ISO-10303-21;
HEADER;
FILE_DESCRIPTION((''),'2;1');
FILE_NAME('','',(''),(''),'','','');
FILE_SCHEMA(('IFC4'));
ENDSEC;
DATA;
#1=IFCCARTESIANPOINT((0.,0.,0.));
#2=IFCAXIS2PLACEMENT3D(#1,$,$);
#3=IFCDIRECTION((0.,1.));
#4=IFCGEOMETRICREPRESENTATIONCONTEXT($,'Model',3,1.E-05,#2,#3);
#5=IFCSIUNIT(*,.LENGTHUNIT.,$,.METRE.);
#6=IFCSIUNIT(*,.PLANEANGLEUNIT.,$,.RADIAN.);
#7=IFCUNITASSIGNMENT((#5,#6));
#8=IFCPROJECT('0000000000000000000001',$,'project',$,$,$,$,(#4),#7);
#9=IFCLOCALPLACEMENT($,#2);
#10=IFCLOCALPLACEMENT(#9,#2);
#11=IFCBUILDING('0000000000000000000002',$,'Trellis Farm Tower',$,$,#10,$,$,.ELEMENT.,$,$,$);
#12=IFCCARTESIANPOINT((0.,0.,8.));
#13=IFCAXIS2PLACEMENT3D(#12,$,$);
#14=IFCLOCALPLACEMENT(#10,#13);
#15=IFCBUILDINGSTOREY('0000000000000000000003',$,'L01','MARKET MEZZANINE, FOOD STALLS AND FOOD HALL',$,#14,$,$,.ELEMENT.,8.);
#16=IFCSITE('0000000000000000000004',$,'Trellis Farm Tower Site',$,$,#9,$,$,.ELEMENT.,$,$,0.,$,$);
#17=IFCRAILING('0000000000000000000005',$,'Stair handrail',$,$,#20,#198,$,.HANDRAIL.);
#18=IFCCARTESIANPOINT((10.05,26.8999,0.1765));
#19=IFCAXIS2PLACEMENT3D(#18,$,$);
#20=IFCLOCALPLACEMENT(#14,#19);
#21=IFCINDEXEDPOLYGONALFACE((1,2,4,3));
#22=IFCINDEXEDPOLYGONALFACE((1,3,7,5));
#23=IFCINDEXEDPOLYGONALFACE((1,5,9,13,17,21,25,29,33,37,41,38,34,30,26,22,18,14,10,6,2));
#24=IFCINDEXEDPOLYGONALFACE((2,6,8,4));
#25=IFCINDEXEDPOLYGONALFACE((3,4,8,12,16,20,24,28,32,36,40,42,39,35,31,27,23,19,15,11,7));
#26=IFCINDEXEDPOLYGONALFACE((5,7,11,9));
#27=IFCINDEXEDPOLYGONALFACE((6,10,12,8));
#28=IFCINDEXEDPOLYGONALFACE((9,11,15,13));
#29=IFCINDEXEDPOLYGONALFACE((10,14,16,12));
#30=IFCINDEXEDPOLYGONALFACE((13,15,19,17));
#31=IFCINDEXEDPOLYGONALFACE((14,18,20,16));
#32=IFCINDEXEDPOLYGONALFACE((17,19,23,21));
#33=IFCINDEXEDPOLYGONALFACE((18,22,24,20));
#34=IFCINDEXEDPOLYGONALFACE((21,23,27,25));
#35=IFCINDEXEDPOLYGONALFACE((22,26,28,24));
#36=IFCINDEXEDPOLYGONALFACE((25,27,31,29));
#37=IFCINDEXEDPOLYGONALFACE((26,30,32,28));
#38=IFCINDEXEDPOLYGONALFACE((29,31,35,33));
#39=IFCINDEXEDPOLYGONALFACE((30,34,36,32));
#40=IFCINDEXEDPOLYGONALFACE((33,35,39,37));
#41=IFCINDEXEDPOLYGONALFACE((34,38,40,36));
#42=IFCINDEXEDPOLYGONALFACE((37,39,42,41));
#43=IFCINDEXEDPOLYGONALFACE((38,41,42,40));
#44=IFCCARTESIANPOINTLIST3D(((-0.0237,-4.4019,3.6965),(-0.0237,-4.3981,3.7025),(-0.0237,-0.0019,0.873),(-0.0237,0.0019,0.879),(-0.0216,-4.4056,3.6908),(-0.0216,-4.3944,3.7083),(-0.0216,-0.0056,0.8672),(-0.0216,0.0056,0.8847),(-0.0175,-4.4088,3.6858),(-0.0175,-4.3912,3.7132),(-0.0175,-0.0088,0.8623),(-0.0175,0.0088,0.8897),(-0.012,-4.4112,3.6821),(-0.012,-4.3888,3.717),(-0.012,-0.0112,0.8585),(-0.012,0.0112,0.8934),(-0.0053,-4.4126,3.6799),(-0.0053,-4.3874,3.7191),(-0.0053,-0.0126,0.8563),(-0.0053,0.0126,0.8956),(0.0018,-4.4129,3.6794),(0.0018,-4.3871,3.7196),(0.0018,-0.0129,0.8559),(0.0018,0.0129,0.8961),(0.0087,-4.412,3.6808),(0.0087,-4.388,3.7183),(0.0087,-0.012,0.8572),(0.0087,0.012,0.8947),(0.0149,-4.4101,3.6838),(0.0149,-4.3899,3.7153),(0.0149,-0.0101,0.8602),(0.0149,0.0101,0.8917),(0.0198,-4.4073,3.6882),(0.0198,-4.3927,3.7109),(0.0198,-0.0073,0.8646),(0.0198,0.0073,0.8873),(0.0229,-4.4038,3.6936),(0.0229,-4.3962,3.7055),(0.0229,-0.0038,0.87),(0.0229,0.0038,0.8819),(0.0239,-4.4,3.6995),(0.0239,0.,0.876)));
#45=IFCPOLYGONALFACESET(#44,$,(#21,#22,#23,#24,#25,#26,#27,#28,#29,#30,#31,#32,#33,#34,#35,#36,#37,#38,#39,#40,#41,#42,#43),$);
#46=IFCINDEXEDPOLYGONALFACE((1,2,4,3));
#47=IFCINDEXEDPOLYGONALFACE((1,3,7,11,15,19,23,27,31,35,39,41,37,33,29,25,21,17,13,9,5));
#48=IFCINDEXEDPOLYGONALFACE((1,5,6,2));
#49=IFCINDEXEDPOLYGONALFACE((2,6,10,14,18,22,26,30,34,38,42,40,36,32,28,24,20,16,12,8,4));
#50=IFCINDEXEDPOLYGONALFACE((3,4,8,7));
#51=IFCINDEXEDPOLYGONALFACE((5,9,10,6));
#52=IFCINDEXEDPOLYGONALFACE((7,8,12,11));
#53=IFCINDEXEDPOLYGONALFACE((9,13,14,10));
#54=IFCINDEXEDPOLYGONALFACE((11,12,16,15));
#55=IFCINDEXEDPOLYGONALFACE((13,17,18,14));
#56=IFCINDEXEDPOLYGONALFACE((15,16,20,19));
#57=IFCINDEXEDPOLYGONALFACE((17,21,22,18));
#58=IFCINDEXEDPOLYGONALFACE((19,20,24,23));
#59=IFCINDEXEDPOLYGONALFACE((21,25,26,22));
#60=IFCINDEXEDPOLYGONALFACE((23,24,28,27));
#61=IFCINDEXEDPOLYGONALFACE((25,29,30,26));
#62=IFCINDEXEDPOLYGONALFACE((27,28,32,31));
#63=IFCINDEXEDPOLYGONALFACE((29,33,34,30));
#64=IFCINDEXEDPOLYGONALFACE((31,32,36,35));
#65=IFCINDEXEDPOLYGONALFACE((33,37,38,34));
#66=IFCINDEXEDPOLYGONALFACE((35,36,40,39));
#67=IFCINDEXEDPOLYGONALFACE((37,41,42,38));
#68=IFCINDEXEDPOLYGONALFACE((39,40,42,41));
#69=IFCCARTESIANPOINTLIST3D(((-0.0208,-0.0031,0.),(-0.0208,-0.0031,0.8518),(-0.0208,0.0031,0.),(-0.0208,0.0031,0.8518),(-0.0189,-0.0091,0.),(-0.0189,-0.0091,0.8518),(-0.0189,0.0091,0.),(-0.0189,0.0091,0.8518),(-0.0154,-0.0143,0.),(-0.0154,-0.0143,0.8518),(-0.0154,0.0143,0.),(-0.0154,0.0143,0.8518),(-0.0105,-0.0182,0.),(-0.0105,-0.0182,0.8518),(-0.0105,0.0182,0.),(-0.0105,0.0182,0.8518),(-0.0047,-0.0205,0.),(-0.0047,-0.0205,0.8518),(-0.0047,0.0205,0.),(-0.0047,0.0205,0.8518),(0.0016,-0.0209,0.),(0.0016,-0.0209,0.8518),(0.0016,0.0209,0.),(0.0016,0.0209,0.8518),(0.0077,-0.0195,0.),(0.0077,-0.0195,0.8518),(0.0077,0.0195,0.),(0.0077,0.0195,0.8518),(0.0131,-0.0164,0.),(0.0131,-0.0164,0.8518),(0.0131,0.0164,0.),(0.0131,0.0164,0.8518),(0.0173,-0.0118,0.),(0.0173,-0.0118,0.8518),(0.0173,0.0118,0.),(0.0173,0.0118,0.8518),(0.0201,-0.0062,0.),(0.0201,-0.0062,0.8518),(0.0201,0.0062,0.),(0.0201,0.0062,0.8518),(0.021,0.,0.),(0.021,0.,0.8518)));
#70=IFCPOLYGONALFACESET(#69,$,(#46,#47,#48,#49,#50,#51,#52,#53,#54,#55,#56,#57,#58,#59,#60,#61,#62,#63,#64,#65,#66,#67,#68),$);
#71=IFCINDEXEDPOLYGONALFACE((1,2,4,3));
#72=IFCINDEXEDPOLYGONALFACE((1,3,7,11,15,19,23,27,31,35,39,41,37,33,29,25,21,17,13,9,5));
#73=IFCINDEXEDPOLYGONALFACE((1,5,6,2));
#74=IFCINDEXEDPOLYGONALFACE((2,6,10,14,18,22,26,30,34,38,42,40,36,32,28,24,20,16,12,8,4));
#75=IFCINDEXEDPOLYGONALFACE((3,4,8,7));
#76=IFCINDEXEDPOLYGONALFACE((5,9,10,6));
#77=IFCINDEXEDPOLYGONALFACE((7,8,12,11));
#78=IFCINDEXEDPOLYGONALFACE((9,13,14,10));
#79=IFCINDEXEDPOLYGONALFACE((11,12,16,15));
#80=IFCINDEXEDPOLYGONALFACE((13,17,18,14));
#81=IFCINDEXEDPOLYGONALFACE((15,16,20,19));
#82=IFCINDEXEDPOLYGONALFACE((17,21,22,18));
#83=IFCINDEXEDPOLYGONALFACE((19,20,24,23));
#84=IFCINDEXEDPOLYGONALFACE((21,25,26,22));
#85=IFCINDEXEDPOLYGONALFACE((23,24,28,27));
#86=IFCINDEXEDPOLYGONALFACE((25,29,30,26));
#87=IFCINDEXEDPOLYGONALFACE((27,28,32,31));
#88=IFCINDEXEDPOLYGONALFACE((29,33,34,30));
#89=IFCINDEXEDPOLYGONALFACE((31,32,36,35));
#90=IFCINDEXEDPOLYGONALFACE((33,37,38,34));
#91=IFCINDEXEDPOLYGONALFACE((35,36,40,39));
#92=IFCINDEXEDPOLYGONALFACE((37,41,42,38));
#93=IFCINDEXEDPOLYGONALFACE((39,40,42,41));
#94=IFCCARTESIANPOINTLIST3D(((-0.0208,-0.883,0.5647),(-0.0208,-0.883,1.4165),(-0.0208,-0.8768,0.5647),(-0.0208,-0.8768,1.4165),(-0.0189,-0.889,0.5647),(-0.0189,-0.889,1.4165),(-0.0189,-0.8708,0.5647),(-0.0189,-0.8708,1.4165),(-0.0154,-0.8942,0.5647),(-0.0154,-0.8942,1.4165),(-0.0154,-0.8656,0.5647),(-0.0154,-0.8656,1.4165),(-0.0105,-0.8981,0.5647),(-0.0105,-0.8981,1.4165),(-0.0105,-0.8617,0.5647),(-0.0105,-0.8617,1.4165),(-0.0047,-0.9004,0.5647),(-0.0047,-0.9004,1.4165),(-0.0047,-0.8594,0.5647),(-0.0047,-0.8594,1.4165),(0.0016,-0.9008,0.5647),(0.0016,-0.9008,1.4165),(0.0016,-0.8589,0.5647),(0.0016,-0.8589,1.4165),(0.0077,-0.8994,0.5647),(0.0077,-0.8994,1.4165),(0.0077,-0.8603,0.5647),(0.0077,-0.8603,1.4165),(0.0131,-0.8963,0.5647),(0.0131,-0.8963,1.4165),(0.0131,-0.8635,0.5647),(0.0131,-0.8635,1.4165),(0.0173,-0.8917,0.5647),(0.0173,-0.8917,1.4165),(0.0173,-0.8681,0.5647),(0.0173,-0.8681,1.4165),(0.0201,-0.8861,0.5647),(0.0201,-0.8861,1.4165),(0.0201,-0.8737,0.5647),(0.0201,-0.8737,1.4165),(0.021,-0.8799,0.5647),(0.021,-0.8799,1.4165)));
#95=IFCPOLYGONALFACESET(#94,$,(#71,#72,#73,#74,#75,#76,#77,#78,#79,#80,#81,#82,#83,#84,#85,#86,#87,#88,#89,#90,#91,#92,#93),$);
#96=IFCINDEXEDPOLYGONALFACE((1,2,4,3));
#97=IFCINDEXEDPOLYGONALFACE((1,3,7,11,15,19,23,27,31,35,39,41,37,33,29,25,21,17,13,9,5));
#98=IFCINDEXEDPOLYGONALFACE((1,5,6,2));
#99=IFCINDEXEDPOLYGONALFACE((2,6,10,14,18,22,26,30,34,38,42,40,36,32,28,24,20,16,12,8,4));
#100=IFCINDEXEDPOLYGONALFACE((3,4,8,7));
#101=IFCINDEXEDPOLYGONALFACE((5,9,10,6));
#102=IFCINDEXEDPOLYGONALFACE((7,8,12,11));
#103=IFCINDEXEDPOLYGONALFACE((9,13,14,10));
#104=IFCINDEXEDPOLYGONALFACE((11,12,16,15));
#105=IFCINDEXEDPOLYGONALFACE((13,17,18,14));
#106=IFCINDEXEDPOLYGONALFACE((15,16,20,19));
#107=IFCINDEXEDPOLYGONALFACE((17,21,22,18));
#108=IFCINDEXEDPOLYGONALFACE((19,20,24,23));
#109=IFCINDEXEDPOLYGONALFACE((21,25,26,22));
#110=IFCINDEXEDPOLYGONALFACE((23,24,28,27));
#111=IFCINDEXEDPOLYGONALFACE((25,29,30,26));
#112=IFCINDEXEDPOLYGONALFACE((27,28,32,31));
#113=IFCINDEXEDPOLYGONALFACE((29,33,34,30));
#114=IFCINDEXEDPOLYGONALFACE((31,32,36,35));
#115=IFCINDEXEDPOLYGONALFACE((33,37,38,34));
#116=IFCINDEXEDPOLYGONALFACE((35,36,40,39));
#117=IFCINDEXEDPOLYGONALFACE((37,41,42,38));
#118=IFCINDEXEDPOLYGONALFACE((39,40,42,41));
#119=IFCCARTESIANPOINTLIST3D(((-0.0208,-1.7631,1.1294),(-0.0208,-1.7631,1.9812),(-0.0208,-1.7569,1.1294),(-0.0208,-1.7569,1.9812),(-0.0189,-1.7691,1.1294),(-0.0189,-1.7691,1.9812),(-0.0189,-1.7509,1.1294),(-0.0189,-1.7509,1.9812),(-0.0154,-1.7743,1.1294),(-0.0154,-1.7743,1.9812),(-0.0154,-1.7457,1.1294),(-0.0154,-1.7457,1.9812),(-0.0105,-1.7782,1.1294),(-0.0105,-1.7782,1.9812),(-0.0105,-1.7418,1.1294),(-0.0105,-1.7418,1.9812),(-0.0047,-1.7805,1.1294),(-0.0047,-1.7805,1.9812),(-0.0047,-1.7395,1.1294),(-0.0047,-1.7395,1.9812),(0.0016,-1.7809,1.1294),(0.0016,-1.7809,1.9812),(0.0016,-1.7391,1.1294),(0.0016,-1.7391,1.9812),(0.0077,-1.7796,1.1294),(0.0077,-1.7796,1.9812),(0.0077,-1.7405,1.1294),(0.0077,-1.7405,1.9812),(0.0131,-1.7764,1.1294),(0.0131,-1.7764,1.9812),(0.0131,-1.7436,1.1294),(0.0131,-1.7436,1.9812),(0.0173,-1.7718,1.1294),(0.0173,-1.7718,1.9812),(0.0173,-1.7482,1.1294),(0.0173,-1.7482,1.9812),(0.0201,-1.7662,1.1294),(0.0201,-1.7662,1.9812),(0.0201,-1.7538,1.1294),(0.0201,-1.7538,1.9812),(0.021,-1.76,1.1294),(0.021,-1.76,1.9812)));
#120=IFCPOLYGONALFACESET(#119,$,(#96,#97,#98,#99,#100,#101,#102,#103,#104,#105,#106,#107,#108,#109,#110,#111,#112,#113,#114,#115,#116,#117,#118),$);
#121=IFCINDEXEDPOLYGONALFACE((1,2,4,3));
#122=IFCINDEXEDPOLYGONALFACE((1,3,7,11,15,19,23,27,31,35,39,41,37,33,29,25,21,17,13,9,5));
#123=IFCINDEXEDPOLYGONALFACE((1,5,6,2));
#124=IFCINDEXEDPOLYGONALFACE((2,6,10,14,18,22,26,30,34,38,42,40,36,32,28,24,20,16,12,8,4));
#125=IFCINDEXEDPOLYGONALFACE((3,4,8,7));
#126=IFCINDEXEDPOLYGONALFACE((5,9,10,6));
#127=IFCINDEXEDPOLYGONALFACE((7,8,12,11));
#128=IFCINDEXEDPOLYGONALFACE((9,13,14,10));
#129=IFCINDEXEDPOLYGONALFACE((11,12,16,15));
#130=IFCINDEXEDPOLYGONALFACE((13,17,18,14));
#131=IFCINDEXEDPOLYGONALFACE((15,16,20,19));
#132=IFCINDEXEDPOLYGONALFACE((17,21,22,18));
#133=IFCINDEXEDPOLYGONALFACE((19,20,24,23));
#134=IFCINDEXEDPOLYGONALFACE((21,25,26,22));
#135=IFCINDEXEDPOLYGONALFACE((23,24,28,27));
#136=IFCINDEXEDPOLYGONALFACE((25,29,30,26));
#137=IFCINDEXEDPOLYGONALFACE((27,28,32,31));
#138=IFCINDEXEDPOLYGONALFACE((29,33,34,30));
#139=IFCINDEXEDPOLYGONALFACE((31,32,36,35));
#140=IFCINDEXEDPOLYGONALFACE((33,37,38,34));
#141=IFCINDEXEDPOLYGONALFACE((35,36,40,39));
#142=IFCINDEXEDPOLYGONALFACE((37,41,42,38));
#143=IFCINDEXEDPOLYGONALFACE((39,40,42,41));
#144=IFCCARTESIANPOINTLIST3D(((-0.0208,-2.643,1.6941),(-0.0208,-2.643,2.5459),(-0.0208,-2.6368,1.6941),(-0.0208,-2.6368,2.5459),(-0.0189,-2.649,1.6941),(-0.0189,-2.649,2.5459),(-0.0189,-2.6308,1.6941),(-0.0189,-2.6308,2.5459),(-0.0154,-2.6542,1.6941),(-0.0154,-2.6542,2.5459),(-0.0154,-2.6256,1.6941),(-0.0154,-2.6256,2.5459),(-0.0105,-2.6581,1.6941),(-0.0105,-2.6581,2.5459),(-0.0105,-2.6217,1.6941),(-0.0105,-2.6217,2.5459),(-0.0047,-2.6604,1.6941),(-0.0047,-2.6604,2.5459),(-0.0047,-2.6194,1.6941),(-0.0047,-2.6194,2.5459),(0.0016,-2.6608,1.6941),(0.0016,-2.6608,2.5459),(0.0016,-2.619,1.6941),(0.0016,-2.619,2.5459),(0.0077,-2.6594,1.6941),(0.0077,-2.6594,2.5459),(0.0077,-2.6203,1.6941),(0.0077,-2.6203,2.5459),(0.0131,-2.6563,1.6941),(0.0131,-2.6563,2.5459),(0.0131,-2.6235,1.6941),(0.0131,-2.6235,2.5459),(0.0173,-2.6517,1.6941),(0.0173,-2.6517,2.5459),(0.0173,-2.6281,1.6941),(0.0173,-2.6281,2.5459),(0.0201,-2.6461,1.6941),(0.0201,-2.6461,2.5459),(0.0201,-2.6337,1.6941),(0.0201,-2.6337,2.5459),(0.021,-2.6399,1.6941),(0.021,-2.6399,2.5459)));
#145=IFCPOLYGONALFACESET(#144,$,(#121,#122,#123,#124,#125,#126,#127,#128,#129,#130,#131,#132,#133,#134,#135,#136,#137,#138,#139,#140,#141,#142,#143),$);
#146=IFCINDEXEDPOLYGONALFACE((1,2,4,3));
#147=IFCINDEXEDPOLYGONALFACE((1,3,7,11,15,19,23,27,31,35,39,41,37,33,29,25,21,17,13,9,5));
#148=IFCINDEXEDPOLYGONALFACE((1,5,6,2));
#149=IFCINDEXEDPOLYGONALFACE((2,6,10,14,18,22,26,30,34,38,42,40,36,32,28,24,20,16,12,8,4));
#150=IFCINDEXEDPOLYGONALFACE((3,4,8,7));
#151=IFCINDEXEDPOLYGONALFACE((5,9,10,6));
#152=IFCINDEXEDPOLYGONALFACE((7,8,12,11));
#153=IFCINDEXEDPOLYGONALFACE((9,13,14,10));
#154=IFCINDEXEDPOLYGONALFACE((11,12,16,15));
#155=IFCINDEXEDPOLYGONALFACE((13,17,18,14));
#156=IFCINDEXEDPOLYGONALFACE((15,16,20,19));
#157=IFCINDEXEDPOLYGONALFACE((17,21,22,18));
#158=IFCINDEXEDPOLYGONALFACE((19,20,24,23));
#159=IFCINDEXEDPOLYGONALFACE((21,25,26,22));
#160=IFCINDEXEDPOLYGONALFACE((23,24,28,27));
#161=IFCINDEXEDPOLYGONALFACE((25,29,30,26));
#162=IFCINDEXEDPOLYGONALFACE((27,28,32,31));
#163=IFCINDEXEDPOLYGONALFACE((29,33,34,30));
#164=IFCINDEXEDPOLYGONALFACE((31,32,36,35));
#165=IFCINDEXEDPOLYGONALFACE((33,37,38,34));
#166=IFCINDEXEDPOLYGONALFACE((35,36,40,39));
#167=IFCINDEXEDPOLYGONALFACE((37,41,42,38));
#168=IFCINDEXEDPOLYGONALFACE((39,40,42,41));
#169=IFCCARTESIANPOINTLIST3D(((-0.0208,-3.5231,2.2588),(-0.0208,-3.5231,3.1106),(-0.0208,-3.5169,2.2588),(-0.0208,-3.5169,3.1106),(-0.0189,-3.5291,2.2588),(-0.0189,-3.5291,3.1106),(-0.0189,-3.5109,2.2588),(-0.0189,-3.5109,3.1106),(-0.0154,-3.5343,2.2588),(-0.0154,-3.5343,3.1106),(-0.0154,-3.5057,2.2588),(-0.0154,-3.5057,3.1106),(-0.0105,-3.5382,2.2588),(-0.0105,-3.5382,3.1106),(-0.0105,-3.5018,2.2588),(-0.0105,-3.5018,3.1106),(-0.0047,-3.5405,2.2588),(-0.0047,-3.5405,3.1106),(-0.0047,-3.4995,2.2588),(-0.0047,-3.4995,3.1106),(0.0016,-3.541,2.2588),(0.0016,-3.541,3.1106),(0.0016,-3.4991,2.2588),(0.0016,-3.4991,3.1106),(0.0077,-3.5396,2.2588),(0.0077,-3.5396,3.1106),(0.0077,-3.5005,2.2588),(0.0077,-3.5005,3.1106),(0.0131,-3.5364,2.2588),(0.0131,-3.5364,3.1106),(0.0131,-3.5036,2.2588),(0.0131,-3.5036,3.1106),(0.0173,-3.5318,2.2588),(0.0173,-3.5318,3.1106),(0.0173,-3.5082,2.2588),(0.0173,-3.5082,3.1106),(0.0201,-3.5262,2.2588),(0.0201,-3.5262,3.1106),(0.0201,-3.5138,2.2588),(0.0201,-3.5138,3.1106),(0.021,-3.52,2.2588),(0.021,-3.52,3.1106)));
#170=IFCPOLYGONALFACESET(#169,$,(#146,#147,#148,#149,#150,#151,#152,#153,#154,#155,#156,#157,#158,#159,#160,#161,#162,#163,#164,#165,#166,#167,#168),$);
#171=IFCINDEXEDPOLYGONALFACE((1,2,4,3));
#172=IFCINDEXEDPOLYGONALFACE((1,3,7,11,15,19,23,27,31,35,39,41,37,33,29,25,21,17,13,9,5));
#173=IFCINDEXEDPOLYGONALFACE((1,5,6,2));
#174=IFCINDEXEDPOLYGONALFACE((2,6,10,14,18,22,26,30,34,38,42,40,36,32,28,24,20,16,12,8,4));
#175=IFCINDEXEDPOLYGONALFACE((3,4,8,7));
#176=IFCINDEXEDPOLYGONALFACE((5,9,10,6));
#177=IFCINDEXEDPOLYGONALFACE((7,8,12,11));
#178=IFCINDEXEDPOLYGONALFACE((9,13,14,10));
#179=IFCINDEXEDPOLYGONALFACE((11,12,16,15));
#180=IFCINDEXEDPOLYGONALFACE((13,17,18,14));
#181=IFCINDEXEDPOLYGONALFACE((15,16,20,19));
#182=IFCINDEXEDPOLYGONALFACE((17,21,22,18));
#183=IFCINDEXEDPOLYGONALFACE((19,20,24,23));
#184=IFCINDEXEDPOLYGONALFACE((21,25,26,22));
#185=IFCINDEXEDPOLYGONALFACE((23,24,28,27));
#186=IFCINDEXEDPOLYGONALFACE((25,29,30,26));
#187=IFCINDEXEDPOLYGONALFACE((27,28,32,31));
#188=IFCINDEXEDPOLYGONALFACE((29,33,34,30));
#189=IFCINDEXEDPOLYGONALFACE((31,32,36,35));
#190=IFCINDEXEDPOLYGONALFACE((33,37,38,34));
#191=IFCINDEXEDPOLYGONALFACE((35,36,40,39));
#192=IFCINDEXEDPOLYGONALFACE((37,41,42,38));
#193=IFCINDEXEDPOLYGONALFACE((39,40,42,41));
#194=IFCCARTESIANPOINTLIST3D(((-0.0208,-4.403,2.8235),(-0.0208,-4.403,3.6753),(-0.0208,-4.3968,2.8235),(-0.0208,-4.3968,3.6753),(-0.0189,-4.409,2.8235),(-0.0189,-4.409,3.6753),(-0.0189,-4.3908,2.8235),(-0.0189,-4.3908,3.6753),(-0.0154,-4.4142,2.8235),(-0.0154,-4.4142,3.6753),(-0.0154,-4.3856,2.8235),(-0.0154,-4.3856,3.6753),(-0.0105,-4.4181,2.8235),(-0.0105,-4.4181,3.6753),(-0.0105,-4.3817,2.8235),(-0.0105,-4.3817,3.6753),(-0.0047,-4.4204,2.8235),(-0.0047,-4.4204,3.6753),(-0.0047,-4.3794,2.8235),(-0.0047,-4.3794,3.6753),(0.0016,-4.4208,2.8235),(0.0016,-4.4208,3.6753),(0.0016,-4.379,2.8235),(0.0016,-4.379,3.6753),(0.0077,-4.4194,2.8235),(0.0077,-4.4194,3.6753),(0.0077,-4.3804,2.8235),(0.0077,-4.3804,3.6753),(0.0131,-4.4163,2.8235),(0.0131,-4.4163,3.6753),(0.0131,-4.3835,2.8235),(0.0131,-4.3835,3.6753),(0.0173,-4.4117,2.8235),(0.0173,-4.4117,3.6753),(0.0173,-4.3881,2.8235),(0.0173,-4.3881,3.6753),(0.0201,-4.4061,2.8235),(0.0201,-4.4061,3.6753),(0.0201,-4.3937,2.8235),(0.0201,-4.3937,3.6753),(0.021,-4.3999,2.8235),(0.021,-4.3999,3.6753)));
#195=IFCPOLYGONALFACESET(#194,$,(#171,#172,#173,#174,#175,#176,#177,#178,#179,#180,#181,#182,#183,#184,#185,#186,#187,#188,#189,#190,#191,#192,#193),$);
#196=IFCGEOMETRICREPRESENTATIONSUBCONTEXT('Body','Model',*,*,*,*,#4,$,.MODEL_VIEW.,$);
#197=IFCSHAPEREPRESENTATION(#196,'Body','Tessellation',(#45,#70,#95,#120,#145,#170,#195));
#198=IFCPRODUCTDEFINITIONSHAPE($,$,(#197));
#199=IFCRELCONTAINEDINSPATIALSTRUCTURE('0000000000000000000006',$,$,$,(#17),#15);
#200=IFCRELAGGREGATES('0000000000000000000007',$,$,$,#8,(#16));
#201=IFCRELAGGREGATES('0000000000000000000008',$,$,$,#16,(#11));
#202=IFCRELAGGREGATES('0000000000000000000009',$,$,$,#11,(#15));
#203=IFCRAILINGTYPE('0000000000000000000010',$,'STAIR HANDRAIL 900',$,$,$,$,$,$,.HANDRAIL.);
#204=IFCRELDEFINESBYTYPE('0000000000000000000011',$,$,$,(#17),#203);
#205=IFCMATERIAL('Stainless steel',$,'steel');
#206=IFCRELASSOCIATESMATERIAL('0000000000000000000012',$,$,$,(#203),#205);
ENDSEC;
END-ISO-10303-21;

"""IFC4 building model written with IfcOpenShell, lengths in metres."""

from ifc_helpers import new_model, si_unit, direction, frame, origin, origin_2d, place, context, subcontext, project, spatial, circle, extrude, source, transform, mapped, material, type_object, element, save


model = new_model("IFC4")

# Units and contexts
model_context = context("Model", 3, precision=1e-05, world=origin(), true_north=direction((0.0, 1.0)))
body_context = subcontext(model_context, "Body", "Model", "MODEL_VIEW")
ifc_project = project(units=[si_unit("LENGTHUNIT", "METRE"), si_unit("PLANEANGLEUNIT", "RADIAN")], contexts=[model_context])

# Site, building, storey
site_placement = place(None, origin())
site = spatial("IfcSite", under=ifc_project, at=site_placement, Name="Trellis Farm Tower Site", CompositionType="ELEMENT", RefElevation=0.0)
building_placement = place(site_placement, origin())
building = spatial("IfcBuilding", under=site, at=building_placement, Name="Trellis Farm Tower", CompositionType="ELEMENT")
storey_placement = place(building_placement, frame((0.0, 0.0, 8.0)))
storey = spatial("IfcBuildingStorey", under=building, at=storey_placement, Name="L01", Description="MARKET MEZZANINE, FOOD STALLS AND FOOD HALL", CompositionType="ELEMENT", Elevation=8.0)

# Railing
ifc_material_1 = material(Name="Stainless steel", Category="steel")
railing_type = type_object("IfcRailingType", Name="STAIR HANDRAIL 900", PredefinedType="HANDRAIL", material=ifc_material_1)
shared_shape_1 = source(origin(), body_context, "Body", "SweptSolid", [
    extrude(circle(Radius=0.0239, at=origin_2d()), frame((0.0, 0.0, 0.876), z_axis=(0.0, -0.841615, 0.540078), x_axis=(1.0, 0.0, 0.0)), (0.0, 0.0, 1.0), 5.228),
    extrude(circle(Radius=0.021, at=origin_2d()), origin(), (0.0, 0.0, 1.0), 0.8518),
    extrude(circle(Radius=0.021, at=origin_2d()), frame((0.0, -0.8799, 0.5647)), (0.0, 0.0, 1.0), 0.8518),
    extrude(circle(Radius=0.021, at=origin_2d()), frame((0.0, -1.76, 1.1294)), (0.0, 0.0, 1.0), 0.8518),
    extrude(circle(Radius=0.021, at=origin_2d()), frame((0.0, -2.6399, 1.6941)), (0.0, 0.0, 1.0), 0.8518),
    extrude(circle(Radius=0.021, at=origin_2d()), frame((0.0, -3.52, 2.2588)), (0.0, 0.0, 1.0), 0.8518),
    extrude(circle(Radius=0.021, at=origin_2d()), frame((0.0, -4.3999, 2.8235)), (0.0, 0.0, 1.0), 0.8518),
])
for number, where, name in (
    (1, (10.05, 26.8999, 0.1765), "Stair handrail"),
):
    element("IfcRailing", number, at=place(storey_placement, frame(where)), inside=storey, type_object=railing_type, Name=name, PredefinedType="HANDRAIL", context=body_context, shape_type="MappedRepresentation", body=[
        mapped(shared_shape_1, transform((0.0, 0.0, 0.0))),
    ])

save(model, "model.ifc")
